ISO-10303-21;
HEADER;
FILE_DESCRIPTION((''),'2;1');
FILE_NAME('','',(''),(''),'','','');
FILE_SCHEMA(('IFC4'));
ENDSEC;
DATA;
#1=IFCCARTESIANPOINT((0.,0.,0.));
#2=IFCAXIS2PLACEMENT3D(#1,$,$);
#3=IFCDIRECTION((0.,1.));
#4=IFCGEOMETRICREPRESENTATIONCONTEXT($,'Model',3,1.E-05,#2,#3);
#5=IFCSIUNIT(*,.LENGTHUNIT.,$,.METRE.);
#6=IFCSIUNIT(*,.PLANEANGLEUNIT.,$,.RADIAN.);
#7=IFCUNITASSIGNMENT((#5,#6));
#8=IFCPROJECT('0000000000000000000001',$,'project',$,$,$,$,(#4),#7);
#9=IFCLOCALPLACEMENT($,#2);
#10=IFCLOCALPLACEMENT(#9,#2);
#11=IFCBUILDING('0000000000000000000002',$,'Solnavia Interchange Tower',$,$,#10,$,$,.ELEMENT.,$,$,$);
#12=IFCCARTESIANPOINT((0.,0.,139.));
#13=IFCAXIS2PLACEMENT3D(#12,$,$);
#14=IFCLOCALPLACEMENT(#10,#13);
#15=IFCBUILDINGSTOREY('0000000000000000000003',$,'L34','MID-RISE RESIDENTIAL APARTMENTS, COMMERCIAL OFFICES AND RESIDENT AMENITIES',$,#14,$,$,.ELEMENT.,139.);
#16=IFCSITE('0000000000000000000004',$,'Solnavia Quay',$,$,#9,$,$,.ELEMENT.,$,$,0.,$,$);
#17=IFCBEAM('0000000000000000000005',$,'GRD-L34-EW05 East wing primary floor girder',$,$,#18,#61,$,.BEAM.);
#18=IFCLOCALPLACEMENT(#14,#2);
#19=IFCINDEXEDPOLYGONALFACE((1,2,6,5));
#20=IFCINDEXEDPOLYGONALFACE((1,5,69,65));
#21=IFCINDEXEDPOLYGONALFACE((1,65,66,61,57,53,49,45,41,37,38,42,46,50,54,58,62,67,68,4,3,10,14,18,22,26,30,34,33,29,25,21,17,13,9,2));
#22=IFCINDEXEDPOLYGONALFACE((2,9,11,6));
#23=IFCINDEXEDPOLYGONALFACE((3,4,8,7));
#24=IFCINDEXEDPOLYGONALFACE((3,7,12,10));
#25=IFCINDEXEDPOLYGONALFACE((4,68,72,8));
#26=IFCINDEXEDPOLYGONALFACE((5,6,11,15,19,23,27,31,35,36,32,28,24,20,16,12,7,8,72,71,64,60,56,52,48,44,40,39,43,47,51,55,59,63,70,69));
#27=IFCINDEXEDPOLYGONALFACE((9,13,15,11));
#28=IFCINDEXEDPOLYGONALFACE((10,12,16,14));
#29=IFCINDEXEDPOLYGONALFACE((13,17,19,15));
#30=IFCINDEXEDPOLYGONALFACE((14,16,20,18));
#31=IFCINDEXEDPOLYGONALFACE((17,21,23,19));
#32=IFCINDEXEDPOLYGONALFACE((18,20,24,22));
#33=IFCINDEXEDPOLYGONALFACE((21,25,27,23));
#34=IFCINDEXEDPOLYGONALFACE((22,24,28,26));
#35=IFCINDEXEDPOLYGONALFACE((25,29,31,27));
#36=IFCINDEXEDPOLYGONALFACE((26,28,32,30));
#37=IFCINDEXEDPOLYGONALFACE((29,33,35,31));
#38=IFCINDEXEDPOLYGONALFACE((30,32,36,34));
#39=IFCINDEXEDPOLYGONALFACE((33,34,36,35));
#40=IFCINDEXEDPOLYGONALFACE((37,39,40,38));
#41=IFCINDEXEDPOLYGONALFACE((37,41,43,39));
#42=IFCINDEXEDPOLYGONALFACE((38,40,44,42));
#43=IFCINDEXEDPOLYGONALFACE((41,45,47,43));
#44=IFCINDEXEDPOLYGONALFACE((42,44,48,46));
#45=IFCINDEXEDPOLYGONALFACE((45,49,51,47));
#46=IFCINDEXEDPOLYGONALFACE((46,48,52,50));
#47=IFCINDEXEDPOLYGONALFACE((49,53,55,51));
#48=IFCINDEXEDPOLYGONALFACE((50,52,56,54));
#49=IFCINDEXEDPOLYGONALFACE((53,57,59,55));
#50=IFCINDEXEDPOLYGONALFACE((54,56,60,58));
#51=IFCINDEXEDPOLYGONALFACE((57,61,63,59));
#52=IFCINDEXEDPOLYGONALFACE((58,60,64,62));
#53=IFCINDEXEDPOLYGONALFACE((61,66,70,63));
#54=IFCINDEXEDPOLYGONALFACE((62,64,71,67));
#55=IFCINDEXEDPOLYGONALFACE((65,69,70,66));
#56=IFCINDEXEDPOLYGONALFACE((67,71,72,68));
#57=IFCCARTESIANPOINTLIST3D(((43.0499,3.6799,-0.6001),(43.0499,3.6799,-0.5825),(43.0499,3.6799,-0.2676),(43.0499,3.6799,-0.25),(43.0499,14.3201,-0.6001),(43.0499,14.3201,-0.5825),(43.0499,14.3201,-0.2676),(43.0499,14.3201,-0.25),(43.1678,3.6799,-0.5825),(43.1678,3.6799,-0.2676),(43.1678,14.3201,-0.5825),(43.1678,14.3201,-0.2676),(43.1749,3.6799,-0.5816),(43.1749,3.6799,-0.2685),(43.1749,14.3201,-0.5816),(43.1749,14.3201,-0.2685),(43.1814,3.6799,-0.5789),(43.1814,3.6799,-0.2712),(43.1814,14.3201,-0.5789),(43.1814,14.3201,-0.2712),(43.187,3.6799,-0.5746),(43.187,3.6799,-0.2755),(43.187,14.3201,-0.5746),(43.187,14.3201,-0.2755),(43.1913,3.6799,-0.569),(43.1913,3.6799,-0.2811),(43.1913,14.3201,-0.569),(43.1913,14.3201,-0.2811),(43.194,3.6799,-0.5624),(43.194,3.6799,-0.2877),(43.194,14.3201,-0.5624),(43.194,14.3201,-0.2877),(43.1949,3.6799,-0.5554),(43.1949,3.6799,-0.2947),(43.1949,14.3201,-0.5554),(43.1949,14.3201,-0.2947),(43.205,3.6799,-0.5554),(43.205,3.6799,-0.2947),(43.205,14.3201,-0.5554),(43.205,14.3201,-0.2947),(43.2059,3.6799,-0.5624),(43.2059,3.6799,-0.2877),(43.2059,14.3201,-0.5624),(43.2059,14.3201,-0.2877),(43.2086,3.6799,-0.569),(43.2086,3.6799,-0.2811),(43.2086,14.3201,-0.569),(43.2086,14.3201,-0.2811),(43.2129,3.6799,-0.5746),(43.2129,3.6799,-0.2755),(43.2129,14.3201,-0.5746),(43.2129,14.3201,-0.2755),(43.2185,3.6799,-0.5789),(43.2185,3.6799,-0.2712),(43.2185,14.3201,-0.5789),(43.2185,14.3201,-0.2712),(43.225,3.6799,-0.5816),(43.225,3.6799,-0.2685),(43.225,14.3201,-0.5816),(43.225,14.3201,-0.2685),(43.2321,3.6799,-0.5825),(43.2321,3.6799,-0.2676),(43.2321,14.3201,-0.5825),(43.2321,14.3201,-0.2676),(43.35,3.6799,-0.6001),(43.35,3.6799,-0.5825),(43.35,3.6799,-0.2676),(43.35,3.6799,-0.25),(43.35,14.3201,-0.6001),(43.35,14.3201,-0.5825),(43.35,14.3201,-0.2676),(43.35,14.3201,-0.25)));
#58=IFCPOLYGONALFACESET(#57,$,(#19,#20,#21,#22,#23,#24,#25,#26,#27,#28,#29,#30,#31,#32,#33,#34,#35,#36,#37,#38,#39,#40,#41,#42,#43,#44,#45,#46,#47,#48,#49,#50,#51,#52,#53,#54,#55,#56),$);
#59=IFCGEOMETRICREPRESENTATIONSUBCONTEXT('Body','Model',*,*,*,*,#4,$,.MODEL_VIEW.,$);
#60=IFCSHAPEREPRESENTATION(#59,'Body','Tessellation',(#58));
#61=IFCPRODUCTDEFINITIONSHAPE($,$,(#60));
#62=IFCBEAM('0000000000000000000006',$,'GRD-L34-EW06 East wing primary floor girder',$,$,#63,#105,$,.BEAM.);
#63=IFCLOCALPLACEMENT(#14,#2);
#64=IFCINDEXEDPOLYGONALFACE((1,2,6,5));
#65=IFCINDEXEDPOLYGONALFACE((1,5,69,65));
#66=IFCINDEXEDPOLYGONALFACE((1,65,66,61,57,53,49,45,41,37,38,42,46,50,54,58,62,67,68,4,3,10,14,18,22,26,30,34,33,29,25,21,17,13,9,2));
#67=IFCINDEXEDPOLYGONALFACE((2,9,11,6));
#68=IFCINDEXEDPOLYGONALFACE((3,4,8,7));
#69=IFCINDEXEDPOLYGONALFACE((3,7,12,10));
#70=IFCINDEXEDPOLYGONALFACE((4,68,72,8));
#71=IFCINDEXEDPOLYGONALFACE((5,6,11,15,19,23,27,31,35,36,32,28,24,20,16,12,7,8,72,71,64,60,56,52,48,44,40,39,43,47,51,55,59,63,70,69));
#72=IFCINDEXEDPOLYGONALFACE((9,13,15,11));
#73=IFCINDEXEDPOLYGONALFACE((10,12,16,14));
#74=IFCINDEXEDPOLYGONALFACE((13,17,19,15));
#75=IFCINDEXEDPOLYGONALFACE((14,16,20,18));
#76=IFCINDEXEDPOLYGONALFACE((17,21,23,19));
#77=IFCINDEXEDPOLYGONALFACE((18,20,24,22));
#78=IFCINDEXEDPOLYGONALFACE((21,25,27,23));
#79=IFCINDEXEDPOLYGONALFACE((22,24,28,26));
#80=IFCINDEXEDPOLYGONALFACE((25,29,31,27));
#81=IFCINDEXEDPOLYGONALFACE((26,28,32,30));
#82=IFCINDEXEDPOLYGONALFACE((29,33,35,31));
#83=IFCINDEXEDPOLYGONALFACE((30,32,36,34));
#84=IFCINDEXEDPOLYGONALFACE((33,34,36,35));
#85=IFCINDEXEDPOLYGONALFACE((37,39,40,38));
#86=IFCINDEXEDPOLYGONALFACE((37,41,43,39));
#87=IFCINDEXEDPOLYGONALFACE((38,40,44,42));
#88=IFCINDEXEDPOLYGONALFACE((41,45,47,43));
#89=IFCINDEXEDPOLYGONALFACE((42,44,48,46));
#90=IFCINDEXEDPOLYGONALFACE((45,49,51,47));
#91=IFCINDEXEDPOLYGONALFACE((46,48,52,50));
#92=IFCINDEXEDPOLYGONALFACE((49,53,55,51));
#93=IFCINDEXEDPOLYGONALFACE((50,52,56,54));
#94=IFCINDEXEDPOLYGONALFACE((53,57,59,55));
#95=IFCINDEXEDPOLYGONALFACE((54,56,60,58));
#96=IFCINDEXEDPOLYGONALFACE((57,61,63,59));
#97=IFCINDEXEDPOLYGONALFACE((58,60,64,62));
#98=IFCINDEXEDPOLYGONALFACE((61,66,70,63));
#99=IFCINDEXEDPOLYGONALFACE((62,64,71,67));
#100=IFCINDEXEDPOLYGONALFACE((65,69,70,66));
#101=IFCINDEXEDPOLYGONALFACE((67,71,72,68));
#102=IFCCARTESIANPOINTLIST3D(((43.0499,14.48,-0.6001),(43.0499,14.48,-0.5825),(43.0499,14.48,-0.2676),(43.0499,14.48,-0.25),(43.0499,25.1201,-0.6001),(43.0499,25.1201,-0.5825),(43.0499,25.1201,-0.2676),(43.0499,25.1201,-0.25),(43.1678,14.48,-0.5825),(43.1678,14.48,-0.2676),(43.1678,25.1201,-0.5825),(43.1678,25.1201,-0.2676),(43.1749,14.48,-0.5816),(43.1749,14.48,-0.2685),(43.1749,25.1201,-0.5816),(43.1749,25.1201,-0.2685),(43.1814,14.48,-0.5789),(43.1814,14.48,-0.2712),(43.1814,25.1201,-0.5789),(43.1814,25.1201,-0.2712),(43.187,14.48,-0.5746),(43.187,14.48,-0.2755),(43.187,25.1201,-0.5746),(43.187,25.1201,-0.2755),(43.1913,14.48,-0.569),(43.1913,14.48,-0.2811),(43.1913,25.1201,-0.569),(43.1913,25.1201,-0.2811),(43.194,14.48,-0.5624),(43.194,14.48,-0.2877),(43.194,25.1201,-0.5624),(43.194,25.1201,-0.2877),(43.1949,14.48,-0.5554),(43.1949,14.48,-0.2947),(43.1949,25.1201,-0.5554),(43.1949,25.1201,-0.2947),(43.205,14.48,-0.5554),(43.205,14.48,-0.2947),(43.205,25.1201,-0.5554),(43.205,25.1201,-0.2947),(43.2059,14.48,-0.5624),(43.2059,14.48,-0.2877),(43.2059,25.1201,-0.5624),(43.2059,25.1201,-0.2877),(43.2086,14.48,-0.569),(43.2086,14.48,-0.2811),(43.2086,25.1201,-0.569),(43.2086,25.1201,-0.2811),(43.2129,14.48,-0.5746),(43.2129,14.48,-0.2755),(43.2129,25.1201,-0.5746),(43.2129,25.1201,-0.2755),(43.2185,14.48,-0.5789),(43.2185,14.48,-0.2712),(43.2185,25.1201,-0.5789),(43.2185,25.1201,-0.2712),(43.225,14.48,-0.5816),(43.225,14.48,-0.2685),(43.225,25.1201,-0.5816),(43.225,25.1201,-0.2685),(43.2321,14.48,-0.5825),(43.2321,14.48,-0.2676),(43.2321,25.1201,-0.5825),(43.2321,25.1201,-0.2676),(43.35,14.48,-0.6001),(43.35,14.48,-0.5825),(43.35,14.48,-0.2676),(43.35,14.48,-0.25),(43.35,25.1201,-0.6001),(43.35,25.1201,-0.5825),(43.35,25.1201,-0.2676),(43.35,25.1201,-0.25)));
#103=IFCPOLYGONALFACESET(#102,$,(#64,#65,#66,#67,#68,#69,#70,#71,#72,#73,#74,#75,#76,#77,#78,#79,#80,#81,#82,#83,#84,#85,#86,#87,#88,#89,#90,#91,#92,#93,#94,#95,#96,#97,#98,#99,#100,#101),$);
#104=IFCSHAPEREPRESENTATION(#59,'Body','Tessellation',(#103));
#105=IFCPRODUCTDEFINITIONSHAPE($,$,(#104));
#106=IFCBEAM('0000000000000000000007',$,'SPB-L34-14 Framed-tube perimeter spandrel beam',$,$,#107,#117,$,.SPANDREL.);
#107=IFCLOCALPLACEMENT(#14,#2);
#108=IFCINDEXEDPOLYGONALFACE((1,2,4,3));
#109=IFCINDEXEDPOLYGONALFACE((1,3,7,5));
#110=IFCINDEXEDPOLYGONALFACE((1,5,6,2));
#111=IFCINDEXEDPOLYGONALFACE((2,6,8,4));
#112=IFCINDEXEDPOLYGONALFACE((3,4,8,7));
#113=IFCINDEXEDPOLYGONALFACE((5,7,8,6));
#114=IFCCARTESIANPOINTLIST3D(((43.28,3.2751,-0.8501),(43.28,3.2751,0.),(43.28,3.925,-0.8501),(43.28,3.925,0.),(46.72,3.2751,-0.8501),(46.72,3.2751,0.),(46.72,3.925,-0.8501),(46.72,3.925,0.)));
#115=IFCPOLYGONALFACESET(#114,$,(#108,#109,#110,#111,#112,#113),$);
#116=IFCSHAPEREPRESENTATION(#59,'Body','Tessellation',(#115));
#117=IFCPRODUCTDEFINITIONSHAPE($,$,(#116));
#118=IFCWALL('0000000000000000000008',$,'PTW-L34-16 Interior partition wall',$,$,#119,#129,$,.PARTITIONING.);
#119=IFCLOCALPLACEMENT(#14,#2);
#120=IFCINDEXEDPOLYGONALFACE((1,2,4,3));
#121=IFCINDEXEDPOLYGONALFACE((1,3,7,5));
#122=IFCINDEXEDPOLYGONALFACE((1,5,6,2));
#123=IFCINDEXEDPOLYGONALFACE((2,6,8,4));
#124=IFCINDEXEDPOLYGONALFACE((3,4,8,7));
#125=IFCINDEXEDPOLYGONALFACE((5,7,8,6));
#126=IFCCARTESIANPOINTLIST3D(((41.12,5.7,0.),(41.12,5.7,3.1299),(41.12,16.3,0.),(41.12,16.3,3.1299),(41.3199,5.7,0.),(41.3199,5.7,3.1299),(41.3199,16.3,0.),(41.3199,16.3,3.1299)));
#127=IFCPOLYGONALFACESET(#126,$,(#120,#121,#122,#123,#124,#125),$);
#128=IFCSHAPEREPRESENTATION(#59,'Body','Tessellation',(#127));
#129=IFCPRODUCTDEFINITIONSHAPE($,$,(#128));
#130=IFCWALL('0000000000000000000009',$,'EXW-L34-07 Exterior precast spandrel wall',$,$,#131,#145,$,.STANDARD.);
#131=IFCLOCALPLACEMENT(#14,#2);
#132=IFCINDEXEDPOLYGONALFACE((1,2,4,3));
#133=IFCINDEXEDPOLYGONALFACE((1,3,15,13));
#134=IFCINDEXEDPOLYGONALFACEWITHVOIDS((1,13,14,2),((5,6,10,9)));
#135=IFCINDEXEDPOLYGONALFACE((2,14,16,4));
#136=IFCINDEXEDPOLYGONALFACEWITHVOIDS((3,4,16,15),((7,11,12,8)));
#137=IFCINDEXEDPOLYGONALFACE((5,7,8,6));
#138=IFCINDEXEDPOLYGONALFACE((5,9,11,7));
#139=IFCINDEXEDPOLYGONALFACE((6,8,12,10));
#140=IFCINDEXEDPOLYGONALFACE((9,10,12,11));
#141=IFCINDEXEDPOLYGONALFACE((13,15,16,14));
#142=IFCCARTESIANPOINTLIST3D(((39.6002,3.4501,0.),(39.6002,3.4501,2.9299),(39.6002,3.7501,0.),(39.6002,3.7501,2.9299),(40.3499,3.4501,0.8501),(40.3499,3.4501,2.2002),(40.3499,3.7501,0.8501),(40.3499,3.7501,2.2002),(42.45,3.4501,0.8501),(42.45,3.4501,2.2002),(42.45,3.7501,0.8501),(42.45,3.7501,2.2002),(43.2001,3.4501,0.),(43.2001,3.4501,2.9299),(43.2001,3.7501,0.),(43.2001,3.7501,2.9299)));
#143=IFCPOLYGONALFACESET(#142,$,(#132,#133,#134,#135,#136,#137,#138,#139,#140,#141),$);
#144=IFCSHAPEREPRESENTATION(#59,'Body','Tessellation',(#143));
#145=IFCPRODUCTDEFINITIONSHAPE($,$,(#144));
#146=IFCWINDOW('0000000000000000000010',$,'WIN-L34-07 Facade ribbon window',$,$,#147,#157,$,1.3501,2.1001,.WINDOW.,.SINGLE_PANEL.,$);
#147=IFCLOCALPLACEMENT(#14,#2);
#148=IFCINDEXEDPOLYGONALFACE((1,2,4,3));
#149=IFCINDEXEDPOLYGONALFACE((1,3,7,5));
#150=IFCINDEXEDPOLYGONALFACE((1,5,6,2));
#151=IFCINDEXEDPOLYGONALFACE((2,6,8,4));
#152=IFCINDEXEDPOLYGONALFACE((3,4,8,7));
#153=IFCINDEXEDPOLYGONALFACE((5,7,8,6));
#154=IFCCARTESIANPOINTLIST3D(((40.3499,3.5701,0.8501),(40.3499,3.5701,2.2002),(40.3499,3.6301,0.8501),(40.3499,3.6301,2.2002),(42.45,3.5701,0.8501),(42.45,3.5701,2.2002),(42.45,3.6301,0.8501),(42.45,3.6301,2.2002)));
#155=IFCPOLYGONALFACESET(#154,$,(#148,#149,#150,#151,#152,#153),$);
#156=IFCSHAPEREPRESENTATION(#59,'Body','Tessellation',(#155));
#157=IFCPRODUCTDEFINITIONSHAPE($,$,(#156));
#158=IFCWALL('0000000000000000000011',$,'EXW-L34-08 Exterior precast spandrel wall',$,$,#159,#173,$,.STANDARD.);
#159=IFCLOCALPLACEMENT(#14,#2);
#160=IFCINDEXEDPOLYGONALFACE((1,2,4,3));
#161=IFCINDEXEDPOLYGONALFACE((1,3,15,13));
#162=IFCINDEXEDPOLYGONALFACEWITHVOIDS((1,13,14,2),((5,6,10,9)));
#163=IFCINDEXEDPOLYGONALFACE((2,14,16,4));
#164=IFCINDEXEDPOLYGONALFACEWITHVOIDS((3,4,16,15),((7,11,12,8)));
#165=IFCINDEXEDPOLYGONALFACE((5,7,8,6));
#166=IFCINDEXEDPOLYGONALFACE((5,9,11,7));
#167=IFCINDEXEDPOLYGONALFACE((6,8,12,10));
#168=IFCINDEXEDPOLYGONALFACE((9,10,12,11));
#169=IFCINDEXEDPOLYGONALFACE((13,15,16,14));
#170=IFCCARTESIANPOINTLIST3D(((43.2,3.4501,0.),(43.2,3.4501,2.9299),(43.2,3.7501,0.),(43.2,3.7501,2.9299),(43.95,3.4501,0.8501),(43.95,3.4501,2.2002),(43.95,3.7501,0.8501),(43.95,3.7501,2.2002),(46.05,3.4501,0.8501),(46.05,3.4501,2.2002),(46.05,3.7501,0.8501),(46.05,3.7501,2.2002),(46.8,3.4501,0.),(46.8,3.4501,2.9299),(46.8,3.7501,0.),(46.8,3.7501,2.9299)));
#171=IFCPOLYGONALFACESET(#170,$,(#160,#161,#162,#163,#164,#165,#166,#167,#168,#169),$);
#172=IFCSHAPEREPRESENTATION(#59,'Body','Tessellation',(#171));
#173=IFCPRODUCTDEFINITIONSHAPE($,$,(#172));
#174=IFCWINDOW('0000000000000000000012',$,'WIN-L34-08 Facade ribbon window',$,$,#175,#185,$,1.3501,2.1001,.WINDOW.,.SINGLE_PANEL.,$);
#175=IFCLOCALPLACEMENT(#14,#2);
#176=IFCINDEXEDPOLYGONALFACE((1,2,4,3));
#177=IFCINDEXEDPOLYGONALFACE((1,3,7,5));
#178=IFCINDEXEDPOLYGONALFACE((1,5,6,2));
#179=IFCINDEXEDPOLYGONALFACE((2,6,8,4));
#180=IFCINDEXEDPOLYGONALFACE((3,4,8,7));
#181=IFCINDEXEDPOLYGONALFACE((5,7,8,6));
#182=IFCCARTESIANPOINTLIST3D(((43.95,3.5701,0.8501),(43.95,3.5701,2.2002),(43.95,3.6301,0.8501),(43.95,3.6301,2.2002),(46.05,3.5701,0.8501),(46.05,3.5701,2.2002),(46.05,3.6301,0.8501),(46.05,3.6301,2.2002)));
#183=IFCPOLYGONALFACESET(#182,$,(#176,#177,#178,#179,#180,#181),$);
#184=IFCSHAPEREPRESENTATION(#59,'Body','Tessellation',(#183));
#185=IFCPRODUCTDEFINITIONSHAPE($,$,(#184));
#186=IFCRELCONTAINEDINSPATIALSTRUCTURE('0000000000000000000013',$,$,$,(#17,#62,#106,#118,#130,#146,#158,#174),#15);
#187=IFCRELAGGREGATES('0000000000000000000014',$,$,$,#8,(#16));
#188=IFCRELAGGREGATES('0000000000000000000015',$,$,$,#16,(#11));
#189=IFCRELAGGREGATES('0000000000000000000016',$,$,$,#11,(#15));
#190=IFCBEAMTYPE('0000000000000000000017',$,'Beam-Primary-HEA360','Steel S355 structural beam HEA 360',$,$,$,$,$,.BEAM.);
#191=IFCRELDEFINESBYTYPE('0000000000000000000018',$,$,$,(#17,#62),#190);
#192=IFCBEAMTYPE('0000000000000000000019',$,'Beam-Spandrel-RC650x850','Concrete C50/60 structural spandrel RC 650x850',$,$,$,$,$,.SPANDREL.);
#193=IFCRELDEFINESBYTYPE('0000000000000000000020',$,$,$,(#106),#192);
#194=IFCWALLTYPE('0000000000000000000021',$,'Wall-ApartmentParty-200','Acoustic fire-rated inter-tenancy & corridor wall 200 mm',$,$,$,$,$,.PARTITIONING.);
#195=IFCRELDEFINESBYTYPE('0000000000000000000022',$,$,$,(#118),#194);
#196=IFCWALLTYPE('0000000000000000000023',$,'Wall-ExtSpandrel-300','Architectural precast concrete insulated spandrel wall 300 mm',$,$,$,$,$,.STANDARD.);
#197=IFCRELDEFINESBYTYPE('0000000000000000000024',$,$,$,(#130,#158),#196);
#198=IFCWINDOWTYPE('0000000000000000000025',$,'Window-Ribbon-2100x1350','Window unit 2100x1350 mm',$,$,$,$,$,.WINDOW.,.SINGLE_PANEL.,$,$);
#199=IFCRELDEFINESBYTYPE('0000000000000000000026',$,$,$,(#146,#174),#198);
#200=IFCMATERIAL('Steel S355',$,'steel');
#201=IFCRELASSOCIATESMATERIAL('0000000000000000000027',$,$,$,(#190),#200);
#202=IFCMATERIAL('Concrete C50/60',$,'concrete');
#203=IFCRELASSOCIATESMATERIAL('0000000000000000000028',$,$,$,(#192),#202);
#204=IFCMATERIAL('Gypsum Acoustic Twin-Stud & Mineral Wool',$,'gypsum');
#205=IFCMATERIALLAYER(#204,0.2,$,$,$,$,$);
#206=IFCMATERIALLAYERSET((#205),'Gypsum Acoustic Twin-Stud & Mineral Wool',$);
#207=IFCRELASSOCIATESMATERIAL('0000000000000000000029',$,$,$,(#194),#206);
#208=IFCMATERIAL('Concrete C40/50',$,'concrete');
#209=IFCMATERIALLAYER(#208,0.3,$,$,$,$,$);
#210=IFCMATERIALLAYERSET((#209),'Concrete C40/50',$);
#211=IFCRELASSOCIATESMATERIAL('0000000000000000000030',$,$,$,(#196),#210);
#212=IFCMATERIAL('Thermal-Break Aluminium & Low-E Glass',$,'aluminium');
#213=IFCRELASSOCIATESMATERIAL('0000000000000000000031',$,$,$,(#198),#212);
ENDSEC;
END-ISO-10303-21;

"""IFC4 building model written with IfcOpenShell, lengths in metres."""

from ifc_helpers import new_model, si_unit, direction, frame, frame_2d, origin, origin_2d, place, context, subcontext, project, spatial, rectangle, i_section, extrude, material, layer, layer_set, material_profile, profile_set, type_object, element, fill, save


model = new_model("IFC4")

# Units and contexts
model_context = context("Model", 3, precision=1e-05, world=origin(), true_north=direction((0.0, 1.0)))
body_context = subcontext(model_context, "Body", "Model", "MODEL_VIEW")
ifc_project = project(units=[si_unit("LENGTHUNIT", "METRE"), si_unit("PLANEANGLEUNIT", "RADIAN")], contexts=[model_context])

# Site, building, storey
site_placement = place(None, origin())
site = spatial("IfcSite", under=ifc_project, at=site_placement, Name="Solnavia Quay", CompositionType="ELEMENT", RefElevation=0.0)
building_placement = place(site_placement, origin())
building = spatial("IfcBuilding", under=site, at=building_placement, Name="Solnavia Interchange Tower", CompositionType="ELEMENT")
storey_placement = place(building_placement, frame((0.0, 0.0, 139.0)))
storey = spatial("IfcBuildingStorey", under=building, at=storey_placement, Name="L34", Description="MID-RISE RESIDENTIAL APARTMENTS, COMMERCIAL OFFICES AND RESIDENT AMENITIES", CompositionType="ELEMENT", Elevation=139.0)

# Shared definitions
ifc_material_1 = material(Name="Concrete C50/60", Category="concrete")
ifc_material_2 = material(Name="Steel S355", Category="steel")

# Beams
ifc_material_profile_1 = material_profile(ifc_material_2, i_section(OverallWidth=0.3, OverallDepth=0.3501, WebThickness=0.01, FlangeThickness=0.0176, FilletRadius=0.0271, at=origin_2d()), Name="HEA 360")
ifc_profile_set_1 = profile_set([ifc_material_profile_1], Name="Steel S355")
beam_type_1 = type_object("IfcBeamType", Name="Beam-Primary-HEA360", Description="Steel S355 structural beam HEA 360", PredefinedType="BEAM", material=ifc_profile_set_1)
for number, where, z_axis, x_axis, name in (
    (1, (43.2, 3.6799, -0.425), (0.0, 1.0, 0.0), (-1.0, 0.0, 0.0), "GRD-L34-EW05 East wing primary floor girder"),
    (2, (43.2, 14.48, -0.425), (0.0, 1.0, 0.0), (-1.0, 0.0, 0.0), "GRD-L34-EW06 East wing primary floor girder"),
):
    element("IfcBeam", number, at=place(storey_placement, frame(where, z_axis=z_axis, x_axis=x_axis)), inside=storey, type_object=beam_type_1, Name=name, PredefinedType="BEAM", context=body_context, shape_type="SweptSolid", body=[
        extrude(i_section(OverallWidth=0.3, OverallDepth=0.3501, WebThickness=0.01, FlangeThickness=0.0176, FilletRadius=0.0271, at=origin_2d()), origin(), (0.0, 0.0, 1.0), 10.6401),
    ])
ifc_material_profile_2 = material_profile(ifc_material_1, rectangle(XDim=0.6499, YDim=0.8501, at=origin_2d()), Name="RC 650x850")
ifc_profile_set_2 = profile_set([ifc_material_profile_2], Name="Concrete C50/60")
beam_type_2 = type_object("IfcBeamType", Name="Beam-Spandrel-RC650x850", Description="Concrete C50/60 structural spandrel RC 650x850", PredefinedType="SPANDREL", material=ifc_profile_set_2)
beam_1_placement = place(storey_placement, frame((43.28, 3.6001, -0.425), z_axis=(1.0, 0.0, 0.0), x_axis=(0.0, 1.0, 0.0)))
element("IfcBeam", 3, at=beam_1_placement, inside=storey, type_object=beam_type_2, Name="SPB-L34-14 Framed-tube perimeter spandrel beam", PredefinedType="SPANDREL", context=body_context, shape_type="SweptSolid", body=[
    extrude(rectangle(XDim=0.6499, YDim=0.8501, at=origin_2d()), origin(), (0.0, 0.0, 1.0), 3.4399),
])

# Wall
ifc_material_3 = material(Name="Gypsum Acoustic Twin-Stud & Mineral Wool", Category="gypsum")
ifc_layer_1 = layer(ifc_material_3, 0.2)
ifc_layer_set_1 = layer_set([ifc_layer_1], Name="Gypsum Acoustic Twin-Stud & Mineral Wool")
wall_type_1 = type_object("IfcWallType", Name="Wall-ApartmentParty-200", Description="Acoustic fire-rated inter-tenancy & corridor wall 200 mm", PredefinedType="PARTITIONING", material=ifc_layer_set_1)
wall_1_placement = place(storey_placement, frame((41.22, 5.7, 0.0), z_axis=(0.0, 0.0, 1.0), x_axis=(0.0, 1.0, 0.0)))
element("IfcWall", 4, at=wall_1_placement, inside=storey, type_object=wall_type_1, Name="PTW-L34-16 Interior partition wall", PredefinedType="PARTITIONING", context=body_context, shape_type="SweptSolid", body=[
    extrude(rectangle(XDim=10.6001, YDim=0.2, at=frame_2d((5.3, 0.0))), origin(), (0.0, 0.0, 1.0), 3.1299),
])

# Walls, openings, windows
ifc_material_4 = material(Name="Concrete C40/50", Category="concrete")
ifc_layer_2 = layer(ifc_material_4, 0.3)
ifc_layer_set_2 = layer_set([ifc_layer_2], Name="Concrete C40/50")
wall_type_2 = type_object("IfcWallType", Name="Wall-ExtSpandrel-300", Description="Architectural precast concrete insulated spandrel wall 300 mm", PredefinedType="STANDARD", material=ifc_layer_set_2)
wall_2_placement = place(storey_placement, frame((43.2, 3.6001, 0.0), z_axis=(0.0, 0.0, 1.0), x_axis=(-1.0, 0.0, 0.0)))
wall_2 = element("IfcWall", 5, at=wall_2_placement, inside=storey, type_object=wall_type_2, Name="EXW-L34-07 Exterior precast spandrel wall", PredefinedType="STANDARD", context=body_context, shape_type="SweptSolid", body=[
    extrude(rectangle(XDim=3.5999, YDim=0.3, at=frame_2d((1.7998, 0.0))), origin(), (0.0, 0.0, 1.0), 2.9299),
])
opening_1_placement = place(wall_2_placement, frame((0.75, 0.0, 0.8501)))
opening_1 = element("IfcOpeningElement", 6, at=opening_1_placement, cuts=wall_2, PredefinedType="OPENING", context=body_context, shape_type="SweptSolid", body=[
    extrude(rectangle(XDim=2.1001, YDim=1.3501, at=frame_2d((1.05, 0.675))), frame((0.0, 0.1602, 0.0), z_axis=(0.0, -1.0, 0.0), x_axis=(1.0, 0.0, 0.0)), (0.0, 0.0, 1.0), 0.3201),
])
ifc_material_5 = material(Name="Thermal-Break Aluminium & Low-E Glass", Category="aluminium")
window_type = type_object("IfcWindowType", Name="Window-Ribbon-2100x1350", Description="Window unit 2100x1350 mm", PartitioningType="SINGLE_PANEL", PredefinedType="WINDOW", material=ifc_material_5)
window_1_placement = place(opening_1_placement, origin())
window_1 = element("IfcWindow", 7, at=window_1_placement, inside=storey, type_object=window_type, Name="WIN-L34-07 Facade ribbon window", OverallHeight=1.3501, OverallWidth=2.1001, PartitioningType="SINGLE_PANEL", PredefinedType="WINDOW", context=body_context, shape_type="SweptSolid", body=[
    extrude(rectangle(XDim=2.1001, YDim=1.3501, at=frame_2d((1.05, 0.675))), frame((0.0, 0.03, 0.0), z_axis=(0.0, -1.0, 0.0), x_axis=(1.0, 0.0, 0.0)), (0.0, 0.0, 1.0), 0.0601),
])
fill(opening_1, window_1)
wall_3_placement = place(storey_placement, frame((46.8, 3.6001, 0.0), z_axis=(0.0, 0.0, 1.0), x_axis=(-1.0, 0.0, 0.0)))
wall_3 = element("IfcWall", 8, at=wall_3_placement, inside=storey, type_object=wall_type_2, Name="EXW-L34-08 Exterior precast spandrel wall", PredefinedType="STANDARD", context=body_context, shape_type="SweptSolid", body=[
    extrude(rectangle(XDim=3.6001, YDim=0.3, at=frame_2d((1.8, 0.0))), origin(), (0.0, 0.0, 1.0), 2.9299),
])
opening_2_placement = place(wall_3_placement, frame((0.75, 0.0, 0.8501)))
opening_2 = element("IfcOpeningElement", 9, at=opening_2_placement, cuts=wall_3, PredefinedType="OPENING", context=body_context, shape_type="SweptSolid", body=[
    extrude(rectangle(XDim=2.1001, YDim=1.3501, at=frame_2d((1.05, 0.675))), frame((0.0, 0.1602, 0.0), z_axis=(0.0, -1.0, 0.0), x_axis=(1.0, 0.0, 0.0)), (0.0, 0.0, 1.0), 0.3201),
])
window_2_placement = place(opening_2_placement, origin())
window_2 = element("IfcWindow", 10, at=window_2_placement, inside=storey, type_object=window_type, Name="WIN-L34-08 Facade ribbon window", OverallHeight=1.3501, OverallWidth=2.1001, PartitioningType="SINGLE_PANEL", PredefinedType="WINDOW", context=body_context, shape_type="SweptSolid", body=[
    extrude(rectangle(XDim=2.1001, YDim=1.3501, at=frame_2d((1.05, 0.675))), frame((0.0, 0.03, 0.0), z_axis=(0.0, -1.0, 0.0), x_axis=(1.0, 0.0, 0.0)), (0.0, 0.0, 1.0), 0.0601),
])
fill(opening_2, window_2)

save(model, "model.ifc")
